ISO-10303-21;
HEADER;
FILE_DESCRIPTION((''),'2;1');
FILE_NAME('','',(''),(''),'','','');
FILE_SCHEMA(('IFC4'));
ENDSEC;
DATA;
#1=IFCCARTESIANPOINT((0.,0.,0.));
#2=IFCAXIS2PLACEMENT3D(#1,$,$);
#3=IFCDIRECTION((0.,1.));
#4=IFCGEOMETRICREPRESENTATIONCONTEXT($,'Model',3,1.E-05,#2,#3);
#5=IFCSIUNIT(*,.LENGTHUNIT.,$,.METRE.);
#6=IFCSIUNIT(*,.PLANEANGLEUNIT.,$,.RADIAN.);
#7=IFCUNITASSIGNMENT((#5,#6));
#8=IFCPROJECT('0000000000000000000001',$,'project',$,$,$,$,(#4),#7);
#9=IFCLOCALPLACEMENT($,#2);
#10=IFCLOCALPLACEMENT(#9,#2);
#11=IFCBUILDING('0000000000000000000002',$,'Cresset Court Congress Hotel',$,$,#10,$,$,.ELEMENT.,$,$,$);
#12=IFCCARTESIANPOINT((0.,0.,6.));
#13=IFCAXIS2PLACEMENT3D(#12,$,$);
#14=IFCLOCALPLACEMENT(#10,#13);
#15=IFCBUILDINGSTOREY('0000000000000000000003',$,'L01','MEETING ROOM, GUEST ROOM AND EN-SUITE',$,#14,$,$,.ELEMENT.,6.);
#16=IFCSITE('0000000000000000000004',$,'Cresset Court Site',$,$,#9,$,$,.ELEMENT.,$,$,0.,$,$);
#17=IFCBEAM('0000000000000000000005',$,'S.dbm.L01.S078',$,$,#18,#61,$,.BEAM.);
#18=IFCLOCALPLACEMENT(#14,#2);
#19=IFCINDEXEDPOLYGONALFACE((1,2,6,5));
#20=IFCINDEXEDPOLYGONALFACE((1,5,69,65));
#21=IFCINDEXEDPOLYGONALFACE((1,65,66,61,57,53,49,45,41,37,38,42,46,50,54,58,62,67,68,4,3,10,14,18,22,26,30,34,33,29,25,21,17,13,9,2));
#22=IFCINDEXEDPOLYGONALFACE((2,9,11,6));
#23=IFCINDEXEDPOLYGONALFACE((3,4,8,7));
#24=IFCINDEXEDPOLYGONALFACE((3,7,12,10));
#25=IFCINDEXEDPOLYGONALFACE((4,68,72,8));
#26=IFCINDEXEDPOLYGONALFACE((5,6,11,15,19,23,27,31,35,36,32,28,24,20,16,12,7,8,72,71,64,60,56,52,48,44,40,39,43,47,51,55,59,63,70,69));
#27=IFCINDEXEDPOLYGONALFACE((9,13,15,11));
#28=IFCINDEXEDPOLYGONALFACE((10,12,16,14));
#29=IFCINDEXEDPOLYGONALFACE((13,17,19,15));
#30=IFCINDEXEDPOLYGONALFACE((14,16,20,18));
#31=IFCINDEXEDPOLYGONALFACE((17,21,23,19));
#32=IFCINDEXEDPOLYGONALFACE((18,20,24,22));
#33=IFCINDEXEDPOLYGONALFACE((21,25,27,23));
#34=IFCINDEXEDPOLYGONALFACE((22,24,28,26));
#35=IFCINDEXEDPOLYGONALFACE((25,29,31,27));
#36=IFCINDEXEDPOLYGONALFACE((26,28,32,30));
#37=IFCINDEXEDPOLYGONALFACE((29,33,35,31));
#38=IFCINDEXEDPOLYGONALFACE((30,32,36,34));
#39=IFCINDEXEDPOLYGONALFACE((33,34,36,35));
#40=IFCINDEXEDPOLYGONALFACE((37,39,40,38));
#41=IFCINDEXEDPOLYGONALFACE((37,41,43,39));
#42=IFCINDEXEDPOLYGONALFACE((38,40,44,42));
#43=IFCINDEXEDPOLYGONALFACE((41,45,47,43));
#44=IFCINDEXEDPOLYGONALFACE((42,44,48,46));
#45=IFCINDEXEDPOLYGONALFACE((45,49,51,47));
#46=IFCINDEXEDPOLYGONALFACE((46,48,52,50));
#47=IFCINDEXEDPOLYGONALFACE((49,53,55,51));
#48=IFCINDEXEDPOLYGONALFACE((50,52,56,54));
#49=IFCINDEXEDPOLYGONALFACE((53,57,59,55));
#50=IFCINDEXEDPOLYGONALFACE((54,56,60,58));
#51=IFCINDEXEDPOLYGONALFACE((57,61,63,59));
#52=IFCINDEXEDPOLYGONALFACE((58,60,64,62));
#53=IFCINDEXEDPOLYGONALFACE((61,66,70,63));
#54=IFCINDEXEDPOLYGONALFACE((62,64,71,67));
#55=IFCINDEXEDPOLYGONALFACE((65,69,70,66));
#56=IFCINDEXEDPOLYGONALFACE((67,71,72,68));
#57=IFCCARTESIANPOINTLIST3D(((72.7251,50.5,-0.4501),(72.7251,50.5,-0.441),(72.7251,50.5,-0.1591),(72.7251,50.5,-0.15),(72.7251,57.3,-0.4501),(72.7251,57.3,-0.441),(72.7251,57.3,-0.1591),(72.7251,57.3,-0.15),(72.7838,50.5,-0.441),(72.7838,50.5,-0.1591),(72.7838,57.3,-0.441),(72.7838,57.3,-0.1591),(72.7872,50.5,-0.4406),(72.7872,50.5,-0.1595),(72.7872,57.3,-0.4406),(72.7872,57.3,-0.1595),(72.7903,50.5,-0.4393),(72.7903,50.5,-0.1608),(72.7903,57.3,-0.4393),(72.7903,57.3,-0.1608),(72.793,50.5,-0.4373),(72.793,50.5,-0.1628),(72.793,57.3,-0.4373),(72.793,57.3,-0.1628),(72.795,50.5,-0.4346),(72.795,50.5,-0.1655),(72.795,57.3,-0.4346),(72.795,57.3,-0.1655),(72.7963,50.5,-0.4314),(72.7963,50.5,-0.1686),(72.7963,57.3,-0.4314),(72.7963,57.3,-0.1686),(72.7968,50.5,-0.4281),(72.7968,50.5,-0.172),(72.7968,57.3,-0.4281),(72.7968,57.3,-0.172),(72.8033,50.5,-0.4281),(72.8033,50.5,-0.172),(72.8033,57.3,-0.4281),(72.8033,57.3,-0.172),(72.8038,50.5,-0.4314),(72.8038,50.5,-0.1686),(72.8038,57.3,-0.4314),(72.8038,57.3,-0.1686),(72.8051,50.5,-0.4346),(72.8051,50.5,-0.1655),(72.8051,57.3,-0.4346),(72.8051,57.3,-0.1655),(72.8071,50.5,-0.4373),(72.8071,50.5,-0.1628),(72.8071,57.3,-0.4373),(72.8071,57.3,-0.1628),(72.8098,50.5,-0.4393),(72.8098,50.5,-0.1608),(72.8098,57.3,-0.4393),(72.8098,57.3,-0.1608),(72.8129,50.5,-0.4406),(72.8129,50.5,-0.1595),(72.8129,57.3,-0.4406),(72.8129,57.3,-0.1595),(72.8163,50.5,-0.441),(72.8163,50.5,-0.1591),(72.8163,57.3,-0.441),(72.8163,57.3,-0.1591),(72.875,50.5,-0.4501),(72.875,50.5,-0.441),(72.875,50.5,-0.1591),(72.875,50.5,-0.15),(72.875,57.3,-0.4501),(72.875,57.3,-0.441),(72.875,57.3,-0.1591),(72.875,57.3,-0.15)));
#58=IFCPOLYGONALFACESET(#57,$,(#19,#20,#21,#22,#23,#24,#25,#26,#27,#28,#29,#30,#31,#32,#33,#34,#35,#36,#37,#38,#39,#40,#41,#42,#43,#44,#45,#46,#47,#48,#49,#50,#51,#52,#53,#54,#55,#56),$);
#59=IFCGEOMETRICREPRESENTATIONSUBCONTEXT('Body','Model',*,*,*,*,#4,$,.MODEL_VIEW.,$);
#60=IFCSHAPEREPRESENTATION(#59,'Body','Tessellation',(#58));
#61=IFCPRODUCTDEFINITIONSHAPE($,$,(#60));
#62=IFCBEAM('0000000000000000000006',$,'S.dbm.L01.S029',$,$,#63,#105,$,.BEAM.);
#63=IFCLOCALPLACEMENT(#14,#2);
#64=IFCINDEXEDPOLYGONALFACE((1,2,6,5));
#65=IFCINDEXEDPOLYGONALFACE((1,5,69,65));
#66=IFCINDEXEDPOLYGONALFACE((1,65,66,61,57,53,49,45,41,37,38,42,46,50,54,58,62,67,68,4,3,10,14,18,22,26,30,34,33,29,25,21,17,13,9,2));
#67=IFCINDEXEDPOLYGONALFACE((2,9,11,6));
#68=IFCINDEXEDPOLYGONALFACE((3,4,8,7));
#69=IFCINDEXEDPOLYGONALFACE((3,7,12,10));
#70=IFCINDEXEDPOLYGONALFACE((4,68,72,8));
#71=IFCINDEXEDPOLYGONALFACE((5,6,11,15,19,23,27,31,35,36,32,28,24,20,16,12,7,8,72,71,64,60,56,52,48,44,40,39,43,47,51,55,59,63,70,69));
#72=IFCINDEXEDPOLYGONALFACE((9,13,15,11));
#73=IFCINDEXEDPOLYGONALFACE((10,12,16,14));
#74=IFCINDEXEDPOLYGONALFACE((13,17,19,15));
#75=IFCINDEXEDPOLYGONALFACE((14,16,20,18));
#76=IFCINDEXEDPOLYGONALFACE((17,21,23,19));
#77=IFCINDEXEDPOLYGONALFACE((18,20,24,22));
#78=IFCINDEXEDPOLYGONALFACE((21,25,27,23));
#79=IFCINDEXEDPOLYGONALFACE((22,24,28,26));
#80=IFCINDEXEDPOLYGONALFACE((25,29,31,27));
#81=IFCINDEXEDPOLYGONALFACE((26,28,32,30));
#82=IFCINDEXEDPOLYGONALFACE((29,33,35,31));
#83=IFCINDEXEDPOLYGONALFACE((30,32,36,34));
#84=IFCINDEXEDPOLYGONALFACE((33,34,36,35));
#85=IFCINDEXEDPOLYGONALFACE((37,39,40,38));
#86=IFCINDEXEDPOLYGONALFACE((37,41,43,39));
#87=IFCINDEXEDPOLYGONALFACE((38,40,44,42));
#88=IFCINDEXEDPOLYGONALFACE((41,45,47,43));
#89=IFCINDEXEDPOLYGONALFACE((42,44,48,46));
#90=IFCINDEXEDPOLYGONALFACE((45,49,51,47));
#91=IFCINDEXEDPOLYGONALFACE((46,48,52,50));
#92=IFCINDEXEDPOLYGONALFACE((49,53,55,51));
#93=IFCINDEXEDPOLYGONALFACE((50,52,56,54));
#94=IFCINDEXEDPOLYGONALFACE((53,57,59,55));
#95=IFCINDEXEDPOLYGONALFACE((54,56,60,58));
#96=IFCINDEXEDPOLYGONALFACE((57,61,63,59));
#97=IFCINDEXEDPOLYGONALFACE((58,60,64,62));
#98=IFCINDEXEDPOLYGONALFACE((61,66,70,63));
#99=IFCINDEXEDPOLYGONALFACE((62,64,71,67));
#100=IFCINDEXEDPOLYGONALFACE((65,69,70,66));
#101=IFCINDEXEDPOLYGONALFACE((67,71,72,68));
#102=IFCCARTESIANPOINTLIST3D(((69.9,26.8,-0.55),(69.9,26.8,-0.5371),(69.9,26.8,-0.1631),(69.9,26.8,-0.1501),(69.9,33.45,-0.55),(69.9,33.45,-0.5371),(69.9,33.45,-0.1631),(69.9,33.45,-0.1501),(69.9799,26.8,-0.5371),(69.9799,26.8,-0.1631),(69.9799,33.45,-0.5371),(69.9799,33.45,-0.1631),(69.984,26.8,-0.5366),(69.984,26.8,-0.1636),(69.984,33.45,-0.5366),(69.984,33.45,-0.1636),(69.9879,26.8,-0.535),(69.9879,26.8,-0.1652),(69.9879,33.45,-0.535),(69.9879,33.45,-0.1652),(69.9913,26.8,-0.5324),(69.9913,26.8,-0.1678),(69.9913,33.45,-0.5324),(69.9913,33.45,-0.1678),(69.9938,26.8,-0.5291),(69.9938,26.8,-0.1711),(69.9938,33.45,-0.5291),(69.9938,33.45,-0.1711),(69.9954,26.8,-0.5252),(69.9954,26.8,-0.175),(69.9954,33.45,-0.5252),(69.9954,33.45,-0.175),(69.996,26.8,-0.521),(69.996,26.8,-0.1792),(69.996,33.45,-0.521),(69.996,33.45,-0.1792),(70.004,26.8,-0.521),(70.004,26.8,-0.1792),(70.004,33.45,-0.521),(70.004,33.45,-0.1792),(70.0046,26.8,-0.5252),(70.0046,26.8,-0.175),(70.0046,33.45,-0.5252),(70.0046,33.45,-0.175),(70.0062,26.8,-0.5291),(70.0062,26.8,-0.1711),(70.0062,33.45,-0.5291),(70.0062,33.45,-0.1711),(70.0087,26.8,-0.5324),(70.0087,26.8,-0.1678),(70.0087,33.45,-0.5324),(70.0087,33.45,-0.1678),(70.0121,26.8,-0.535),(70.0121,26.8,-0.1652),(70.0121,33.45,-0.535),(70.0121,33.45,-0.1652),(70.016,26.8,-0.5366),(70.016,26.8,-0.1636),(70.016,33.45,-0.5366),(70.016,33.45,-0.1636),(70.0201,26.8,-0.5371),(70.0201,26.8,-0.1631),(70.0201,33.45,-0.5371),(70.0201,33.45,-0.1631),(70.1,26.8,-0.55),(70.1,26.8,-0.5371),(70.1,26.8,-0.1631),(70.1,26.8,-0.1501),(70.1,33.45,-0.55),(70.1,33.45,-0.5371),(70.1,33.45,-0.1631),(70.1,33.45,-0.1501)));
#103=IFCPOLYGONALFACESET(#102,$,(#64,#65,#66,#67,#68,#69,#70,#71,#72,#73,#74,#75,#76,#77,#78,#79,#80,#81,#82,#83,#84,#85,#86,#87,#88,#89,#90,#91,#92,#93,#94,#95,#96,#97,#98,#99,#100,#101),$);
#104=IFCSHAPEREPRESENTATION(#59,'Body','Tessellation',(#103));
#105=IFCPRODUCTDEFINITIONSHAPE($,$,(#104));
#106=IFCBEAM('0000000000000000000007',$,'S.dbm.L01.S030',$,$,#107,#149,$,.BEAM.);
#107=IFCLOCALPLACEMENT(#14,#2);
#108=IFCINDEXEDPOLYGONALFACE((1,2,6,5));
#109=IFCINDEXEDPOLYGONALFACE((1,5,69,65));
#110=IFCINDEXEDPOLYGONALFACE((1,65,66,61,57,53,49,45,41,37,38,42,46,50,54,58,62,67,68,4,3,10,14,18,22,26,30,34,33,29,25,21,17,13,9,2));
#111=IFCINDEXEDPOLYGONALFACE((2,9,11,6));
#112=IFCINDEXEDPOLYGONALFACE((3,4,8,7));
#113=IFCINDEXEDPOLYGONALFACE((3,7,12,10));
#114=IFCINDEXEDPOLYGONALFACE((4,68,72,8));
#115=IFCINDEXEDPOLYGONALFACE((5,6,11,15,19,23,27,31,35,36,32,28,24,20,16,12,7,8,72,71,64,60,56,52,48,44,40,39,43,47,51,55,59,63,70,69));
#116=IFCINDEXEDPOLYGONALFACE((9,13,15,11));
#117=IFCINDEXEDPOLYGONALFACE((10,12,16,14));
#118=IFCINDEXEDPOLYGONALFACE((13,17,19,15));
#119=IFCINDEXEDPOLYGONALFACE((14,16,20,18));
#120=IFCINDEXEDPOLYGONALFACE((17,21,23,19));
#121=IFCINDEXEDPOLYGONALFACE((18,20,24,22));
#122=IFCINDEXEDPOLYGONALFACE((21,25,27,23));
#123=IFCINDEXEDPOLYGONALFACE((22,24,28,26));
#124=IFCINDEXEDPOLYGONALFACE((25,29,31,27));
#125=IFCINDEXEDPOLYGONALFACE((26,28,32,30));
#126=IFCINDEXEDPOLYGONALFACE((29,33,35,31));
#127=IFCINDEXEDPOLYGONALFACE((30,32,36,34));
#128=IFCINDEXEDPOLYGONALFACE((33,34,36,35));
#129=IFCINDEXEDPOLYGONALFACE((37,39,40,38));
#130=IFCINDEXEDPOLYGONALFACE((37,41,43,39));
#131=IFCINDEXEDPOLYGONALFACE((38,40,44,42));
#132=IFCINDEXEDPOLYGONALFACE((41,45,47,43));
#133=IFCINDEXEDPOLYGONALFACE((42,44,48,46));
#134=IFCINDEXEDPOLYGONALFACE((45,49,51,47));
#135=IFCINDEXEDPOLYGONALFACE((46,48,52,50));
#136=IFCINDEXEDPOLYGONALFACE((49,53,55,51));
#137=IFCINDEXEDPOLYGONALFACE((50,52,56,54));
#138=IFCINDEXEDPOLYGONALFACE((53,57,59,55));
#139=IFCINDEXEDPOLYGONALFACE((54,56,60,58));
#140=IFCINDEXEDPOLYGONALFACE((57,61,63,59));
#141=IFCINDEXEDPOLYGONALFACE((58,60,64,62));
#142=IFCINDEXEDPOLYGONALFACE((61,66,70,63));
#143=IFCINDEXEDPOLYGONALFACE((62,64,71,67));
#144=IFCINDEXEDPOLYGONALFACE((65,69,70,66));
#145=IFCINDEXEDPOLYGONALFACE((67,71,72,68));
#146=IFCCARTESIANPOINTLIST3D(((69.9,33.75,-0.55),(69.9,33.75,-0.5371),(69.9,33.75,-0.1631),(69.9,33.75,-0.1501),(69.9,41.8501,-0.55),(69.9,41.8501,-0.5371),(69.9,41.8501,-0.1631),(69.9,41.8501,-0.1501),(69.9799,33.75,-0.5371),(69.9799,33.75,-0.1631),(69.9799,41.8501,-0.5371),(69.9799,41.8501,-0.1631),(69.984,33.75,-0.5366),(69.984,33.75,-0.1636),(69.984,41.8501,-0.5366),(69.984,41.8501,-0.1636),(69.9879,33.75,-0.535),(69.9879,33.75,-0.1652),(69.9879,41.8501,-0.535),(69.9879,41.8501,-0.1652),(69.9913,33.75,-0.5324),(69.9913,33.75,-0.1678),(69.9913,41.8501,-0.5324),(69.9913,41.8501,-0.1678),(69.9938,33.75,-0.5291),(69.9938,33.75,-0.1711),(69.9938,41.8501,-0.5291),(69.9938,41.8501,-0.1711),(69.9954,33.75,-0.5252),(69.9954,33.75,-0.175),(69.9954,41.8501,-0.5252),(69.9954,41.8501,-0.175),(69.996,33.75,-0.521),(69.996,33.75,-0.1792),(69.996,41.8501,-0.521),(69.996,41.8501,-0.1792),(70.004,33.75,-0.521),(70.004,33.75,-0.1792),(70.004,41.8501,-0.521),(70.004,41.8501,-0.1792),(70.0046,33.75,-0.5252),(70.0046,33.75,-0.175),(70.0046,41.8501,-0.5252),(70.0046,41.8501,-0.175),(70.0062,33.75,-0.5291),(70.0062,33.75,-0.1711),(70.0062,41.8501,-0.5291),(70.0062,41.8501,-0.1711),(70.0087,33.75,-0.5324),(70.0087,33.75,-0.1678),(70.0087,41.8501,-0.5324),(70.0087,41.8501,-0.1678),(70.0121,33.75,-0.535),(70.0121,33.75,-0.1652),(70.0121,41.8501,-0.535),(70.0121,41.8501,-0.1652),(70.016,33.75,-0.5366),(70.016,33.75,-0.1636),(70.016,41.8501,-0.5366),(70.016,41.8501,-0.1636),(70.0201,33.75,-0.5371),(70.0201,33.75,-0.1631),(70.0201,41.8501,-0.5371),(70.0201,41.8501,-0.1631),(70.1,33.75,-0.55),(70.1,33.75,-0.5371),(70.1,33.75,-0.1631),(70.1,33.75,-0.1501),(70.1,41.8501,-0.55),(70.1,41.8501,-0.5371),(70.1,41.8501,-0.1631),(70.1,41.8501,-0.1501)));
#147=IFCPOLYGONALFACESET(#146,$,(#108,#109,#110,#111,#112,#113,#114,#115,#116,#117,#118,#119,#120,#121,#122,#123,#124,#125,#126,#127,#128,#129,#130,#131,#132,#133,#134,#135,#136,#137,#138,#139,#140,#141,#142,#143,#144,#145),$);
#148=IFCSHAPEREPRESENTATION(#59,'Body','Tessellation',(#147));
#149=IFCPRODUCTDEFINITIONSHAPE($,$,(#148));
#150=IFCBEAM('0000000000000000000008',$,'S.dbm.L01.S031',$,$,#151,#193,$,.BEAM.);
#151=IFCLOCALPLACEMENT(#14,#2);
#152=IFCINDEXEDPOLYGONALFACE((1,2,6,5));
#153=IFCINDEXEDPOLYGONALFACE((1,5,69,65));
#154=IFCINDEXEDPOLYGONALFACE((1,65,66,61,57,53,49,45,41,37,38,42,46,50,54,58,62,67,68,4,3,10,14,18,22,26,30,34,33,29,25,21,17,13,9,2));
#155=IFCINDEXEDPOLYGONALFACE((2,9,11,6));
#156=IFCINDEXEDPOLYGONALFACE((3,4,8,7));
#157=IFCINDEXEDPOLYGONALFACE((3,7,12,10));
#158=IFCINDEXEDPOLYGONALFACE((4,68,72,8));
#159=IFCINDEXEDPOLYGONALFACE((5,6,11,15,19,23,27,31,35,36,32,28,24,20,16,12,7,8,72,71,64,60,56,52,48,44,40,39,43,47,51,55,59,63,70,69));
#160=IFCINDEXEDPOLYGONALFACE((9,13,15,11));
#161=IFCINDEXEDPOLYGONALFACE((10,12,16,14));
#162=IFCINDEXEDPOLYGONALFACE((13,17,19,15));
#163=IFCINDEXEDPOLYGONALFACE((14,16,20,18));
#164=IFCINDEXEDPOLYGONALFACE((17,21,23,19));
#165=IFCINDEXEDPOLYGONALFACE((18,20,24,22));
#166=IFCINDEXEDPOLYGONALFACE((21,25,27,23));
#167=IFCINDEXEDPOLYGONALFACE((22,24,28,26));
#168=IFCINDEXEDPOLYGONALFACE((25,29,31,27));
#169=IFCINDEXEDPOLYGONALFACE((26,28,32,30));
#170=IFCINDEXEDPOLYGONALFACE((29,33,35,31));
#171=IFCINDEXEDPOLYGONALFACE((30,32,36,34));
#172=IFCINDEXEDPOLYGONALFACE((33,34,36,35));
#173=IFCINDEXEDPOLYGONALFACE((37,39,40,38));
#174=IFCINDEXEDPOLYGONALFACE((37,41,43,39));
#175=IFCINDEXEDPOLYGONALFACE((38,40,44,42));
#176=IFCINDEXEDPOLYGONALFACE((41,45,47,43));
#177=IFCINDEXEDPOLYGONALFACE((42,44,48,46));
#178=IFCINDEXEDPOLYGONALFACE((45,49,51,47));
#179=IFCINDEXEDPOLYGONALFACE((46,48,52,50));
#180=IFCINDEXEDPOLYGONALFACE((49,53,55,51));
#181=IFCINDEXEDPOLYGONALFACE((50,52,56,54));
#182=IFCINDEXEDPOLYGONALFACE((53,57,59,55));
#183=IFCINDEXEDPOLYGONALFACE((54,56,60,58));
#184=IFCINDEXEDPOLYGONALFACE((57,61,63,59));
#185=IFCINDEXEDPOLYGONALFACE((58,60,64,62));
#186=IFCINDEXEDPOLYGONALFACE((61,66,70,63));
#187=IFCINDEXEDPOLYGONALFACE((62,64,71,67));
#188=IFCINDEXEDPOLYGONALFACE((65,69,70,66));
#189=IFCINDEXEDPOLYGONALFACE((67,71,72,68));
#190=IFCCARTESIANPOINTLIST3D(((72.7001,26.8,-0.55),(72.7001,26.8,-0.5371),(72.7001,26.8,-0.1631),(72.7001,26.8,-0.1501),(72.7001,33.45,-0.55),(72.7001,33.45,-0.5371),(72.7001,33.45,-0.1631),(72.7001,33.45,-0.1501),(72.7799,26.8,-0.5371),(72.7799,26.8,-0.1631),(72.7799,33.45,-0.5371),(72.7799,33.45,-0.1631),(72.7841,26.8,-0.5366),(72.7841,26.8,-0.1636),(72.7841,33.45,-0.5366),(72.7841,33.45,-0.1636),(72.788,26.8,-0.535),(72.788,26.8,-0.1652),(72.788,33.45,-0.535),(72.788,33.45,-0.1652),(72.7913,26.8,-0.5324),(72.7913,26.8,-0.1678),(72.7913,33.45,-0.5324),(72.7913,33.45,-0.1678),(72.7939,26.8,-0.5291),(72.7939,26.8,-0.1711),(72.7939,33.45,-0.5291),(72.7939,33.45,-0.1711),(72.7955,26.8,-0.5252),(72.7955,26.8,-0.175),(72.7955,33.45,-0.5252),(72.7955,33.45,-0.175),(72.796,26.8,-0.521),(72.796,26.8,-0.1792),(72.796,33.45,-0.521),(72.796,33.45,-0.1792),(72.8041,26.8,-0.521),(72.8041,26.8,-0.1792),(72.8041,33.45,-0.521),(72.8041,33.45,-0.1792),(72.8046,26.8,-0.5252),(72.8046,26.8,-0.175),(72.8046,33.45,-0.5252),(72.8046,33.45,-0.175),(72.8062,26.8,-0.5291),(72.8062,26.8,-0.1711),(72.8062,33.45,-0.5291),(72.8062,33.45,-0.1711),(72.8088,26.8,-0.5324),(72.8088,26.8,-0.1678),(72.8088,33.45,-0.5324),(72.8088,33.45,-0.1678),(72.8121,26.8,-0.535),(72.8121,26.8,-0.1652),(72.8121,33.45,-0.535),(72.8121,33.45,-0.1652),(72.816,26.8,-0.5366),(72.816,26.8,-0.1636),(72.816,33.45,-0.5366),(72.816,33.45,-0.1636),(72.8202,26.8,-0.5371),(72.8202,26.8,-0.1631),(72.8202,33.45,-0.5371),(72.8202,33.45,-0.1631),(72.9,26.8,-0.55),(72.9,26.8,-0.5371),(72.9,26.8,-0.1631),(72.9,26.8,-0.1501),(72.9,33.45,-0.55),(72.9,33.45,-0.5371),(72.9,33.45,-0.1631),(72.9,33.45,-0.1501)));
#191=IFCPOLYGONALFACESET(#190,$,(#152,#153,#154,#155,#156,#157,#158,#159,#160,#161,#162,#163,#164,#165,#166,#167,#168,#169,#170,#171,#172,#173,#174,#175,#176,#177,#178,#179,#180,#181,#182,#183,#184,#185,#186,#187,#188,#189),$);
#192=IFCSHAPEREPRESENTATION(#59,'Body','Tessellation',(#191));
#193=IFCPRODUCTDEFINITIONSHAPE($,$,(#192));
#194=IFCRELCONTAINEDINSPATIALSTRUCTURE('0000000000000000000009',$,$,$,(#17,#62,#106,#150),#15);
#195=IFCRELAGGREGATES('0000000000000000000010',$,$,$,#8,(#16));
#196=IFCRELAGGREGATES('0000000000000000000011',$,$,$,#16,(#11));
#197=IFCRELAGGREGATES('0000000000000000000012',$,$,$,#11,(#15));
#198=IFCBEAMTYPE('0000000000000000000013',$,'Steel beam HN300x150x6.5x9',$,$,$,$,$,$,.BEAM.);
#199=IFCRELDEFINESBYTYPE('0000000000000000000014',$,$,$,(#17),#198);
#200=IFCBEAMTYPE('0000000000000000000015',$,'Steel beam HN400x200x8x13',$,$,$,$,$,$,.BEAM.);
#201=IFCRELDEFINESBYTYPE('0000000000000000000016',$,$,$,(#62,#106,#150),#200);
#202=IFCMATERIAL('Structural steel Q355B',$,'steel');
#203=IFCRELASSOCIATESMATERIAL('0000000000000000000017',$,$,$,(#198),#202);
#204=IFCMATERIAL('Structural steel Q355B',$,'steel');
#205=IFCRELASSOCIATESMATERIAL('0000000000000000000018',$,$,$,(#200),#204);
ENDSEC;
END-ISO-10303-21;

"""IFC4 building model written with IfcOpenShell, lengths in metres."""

from ifc_helpers import new_model, si_unit, direction, frame, origin, origin_2d, place, context, subcontext, project, spatial, i_section, extrude, material, material_profile, profile_set, type_object, element, save


model = new_model("IFC4")

# Units and contexts
model_context = context("Model", 3, precision=1e-05, world=origin(), true_north=direction((0.0, 1.0)))
body_context = subcontext(model_context, "Body", "Model", "MODEL_VIEW")
ifc_project = project(units=[si_unit("LENGTHUNIT", "METRE"), si_unit("PLANEANGLEUNIT", "RADIAN")], contexts=[model_context])

# Site, building, storey
site_placement = place(None, origin())
site = spatial("IfcSite", under=ifc_project, at=site_placement, Name="Cresset Court Site", CompositionType="ELEMENT", RefElevation=0.0)
building_placement = place(site_placement, origin())
building = spatial("IfcBuilding", under=site, at=building_placement, Name="Cresset Court Congress Hotel", CompositionType="ELEMENT")
storey_placement = place(building_placement, frame((0.0, 0.0, 6.0)))
storey = spatial("IfcBuildingStorey", under=building, at=storey_placement, Name="L01", Description="MEETING ROOM, GUEST ROOM AND EN-SUITE", CompositionType="ELEMENT", Elevation=6.0)

# Beams
ifc_material_1 = material(Name="Structural steel Q355B", Category="steel")
ifc_material_profile_1 = material_profile(ifc_material_1, i_section(OverallWidth=0.1499, OverallDepth=0.3, WebThickness=0.0066, FlangeThickness=0.009, FilletRadius=0.0129, at=origin_2d()), Name="HN300x150x6.5x9")
ifc_profile_set_1 = profile_set([ifc_material_profile_1], Name="Structural steel Q355B")
beam_type_1 = type_object("IfcBeamType", Name="Steel beam HN300x150x6.5x9", PredefinedType="BEAM", material=ifc_profile_set_1)
for number, where, z_axis, x_axis, name in (
    (1, (72.8, 50.5, -0.3), (0.0, 1.0, 0.0), (-1.0, 0.0, 0.0), "S.dbm.L01.S078"),
):
    element("IfcBeam", number, at=place(storey_placement, frame(where, z_axis=z_axis, x_axis=x_axis)), inside=storey, type_object=beam_type_1, Name=name, PredefinedType="BEAM", context=body_context, shape_type="SweptSolid", body=[
        extrude(i_section(OverallWidth=0.1499, OverallDepth=0.3, WebThickness=0.0066, FlangeThickness=0.009, FilletRadius=0.0129, at=origin_2d()), origin(), (0.0, 0.0, 1.0), 6.8),
    ])
ifc_material_2 = material(Name="Structural steel Q355B", Category="steel")
ifc_material_profile_2 = material_profile(ifc_material_2, i_section(OverallWidth=0.2, OverallDepth=0.3999, WebThickness=0.0081, FlangeThickness=0.0129, FilletRadius=0.0161, at=origin_2d()), Name="HN400x200x8x13")
ifc_profile_set_2 = profile_set([ifc_material_profile_2], Name="Structural steel Q355B")
beam_type_2 = type_object("IfcBeamType", Name="Steel beam HN400x200x8x13", PredefinedType="BEAM", material=ifc_profile_set_2)
beam_1_placement = place(storey_placement, frame((70.0, 26.8, -0.3501), z_axis=(0.0, 1.0, 0.0), x_axis=(-1.0, 0.0, 0.0)))
element("IfcBeam", 2, at=beam_1_placement, inside=storey, type_object=beam_type_2, Name="S.dbm.L01.S029", PredefinedType="BEAM", context=body_context, shape_type="SweptSolid", body=[
    extrude(i_section(OverallWidth=0.2, OverallDepth=0.3999, WebThickness=0.0081, FlangeThickness=0.0129, FilletRadius=0.0161, at=origin_2d()), origin(), (0.0, 0.0, 1.0), 6.6499),
])
beam_2_placement = place(storey_placement, frame((70.0, 33.75, -0.3501), z_axis=(0.0, 1.0, 0.0), x_axis=(-1.0, 0.0, 0.0)))
element("IfcBeam", 3, at=beam_2_placement, inside=storey, type_object=beam_type_2, Name="S.dbm.L01.S030", PredefinedType="BEAM", context=body_context, shape_type="SweptSolid", body=[
    extrude(i_section(OverallWidth=0.2, OverallDepth=0.3999, WebThickness=0.0081, FlangeThickness=0.0129, FilletRadius=0.0161, at=origin_2d()), origin(), (0.0, 0.0, 1.0), 8.1001),
])
beam_3_placement = place(storey_placement, frame((72.8, 26.8, -0.3501), z_axis=(0.0, 1.0, 0.0), x_axis=(-1.0, 0.0, 0.0)))
element("IfcBeam", 4, at=beam_3_placement, inside=storey, type_object=beam_type_2, Name="S.dbm.L01.S031", PredefinedType="BEAM", context=body_context, shape_type="SweptSolid", body=[
    extrude(i_section(OverallWidth=0.2, OverallDepth=0.3999, WebThickness=0.0081, FlangeThickness=0.0129, FilletRadius=0.0161, at=origin_2d()), origin(), (0.0, 0.0, 1.0), 6.6499),
])

save(model, "model.ifc")
